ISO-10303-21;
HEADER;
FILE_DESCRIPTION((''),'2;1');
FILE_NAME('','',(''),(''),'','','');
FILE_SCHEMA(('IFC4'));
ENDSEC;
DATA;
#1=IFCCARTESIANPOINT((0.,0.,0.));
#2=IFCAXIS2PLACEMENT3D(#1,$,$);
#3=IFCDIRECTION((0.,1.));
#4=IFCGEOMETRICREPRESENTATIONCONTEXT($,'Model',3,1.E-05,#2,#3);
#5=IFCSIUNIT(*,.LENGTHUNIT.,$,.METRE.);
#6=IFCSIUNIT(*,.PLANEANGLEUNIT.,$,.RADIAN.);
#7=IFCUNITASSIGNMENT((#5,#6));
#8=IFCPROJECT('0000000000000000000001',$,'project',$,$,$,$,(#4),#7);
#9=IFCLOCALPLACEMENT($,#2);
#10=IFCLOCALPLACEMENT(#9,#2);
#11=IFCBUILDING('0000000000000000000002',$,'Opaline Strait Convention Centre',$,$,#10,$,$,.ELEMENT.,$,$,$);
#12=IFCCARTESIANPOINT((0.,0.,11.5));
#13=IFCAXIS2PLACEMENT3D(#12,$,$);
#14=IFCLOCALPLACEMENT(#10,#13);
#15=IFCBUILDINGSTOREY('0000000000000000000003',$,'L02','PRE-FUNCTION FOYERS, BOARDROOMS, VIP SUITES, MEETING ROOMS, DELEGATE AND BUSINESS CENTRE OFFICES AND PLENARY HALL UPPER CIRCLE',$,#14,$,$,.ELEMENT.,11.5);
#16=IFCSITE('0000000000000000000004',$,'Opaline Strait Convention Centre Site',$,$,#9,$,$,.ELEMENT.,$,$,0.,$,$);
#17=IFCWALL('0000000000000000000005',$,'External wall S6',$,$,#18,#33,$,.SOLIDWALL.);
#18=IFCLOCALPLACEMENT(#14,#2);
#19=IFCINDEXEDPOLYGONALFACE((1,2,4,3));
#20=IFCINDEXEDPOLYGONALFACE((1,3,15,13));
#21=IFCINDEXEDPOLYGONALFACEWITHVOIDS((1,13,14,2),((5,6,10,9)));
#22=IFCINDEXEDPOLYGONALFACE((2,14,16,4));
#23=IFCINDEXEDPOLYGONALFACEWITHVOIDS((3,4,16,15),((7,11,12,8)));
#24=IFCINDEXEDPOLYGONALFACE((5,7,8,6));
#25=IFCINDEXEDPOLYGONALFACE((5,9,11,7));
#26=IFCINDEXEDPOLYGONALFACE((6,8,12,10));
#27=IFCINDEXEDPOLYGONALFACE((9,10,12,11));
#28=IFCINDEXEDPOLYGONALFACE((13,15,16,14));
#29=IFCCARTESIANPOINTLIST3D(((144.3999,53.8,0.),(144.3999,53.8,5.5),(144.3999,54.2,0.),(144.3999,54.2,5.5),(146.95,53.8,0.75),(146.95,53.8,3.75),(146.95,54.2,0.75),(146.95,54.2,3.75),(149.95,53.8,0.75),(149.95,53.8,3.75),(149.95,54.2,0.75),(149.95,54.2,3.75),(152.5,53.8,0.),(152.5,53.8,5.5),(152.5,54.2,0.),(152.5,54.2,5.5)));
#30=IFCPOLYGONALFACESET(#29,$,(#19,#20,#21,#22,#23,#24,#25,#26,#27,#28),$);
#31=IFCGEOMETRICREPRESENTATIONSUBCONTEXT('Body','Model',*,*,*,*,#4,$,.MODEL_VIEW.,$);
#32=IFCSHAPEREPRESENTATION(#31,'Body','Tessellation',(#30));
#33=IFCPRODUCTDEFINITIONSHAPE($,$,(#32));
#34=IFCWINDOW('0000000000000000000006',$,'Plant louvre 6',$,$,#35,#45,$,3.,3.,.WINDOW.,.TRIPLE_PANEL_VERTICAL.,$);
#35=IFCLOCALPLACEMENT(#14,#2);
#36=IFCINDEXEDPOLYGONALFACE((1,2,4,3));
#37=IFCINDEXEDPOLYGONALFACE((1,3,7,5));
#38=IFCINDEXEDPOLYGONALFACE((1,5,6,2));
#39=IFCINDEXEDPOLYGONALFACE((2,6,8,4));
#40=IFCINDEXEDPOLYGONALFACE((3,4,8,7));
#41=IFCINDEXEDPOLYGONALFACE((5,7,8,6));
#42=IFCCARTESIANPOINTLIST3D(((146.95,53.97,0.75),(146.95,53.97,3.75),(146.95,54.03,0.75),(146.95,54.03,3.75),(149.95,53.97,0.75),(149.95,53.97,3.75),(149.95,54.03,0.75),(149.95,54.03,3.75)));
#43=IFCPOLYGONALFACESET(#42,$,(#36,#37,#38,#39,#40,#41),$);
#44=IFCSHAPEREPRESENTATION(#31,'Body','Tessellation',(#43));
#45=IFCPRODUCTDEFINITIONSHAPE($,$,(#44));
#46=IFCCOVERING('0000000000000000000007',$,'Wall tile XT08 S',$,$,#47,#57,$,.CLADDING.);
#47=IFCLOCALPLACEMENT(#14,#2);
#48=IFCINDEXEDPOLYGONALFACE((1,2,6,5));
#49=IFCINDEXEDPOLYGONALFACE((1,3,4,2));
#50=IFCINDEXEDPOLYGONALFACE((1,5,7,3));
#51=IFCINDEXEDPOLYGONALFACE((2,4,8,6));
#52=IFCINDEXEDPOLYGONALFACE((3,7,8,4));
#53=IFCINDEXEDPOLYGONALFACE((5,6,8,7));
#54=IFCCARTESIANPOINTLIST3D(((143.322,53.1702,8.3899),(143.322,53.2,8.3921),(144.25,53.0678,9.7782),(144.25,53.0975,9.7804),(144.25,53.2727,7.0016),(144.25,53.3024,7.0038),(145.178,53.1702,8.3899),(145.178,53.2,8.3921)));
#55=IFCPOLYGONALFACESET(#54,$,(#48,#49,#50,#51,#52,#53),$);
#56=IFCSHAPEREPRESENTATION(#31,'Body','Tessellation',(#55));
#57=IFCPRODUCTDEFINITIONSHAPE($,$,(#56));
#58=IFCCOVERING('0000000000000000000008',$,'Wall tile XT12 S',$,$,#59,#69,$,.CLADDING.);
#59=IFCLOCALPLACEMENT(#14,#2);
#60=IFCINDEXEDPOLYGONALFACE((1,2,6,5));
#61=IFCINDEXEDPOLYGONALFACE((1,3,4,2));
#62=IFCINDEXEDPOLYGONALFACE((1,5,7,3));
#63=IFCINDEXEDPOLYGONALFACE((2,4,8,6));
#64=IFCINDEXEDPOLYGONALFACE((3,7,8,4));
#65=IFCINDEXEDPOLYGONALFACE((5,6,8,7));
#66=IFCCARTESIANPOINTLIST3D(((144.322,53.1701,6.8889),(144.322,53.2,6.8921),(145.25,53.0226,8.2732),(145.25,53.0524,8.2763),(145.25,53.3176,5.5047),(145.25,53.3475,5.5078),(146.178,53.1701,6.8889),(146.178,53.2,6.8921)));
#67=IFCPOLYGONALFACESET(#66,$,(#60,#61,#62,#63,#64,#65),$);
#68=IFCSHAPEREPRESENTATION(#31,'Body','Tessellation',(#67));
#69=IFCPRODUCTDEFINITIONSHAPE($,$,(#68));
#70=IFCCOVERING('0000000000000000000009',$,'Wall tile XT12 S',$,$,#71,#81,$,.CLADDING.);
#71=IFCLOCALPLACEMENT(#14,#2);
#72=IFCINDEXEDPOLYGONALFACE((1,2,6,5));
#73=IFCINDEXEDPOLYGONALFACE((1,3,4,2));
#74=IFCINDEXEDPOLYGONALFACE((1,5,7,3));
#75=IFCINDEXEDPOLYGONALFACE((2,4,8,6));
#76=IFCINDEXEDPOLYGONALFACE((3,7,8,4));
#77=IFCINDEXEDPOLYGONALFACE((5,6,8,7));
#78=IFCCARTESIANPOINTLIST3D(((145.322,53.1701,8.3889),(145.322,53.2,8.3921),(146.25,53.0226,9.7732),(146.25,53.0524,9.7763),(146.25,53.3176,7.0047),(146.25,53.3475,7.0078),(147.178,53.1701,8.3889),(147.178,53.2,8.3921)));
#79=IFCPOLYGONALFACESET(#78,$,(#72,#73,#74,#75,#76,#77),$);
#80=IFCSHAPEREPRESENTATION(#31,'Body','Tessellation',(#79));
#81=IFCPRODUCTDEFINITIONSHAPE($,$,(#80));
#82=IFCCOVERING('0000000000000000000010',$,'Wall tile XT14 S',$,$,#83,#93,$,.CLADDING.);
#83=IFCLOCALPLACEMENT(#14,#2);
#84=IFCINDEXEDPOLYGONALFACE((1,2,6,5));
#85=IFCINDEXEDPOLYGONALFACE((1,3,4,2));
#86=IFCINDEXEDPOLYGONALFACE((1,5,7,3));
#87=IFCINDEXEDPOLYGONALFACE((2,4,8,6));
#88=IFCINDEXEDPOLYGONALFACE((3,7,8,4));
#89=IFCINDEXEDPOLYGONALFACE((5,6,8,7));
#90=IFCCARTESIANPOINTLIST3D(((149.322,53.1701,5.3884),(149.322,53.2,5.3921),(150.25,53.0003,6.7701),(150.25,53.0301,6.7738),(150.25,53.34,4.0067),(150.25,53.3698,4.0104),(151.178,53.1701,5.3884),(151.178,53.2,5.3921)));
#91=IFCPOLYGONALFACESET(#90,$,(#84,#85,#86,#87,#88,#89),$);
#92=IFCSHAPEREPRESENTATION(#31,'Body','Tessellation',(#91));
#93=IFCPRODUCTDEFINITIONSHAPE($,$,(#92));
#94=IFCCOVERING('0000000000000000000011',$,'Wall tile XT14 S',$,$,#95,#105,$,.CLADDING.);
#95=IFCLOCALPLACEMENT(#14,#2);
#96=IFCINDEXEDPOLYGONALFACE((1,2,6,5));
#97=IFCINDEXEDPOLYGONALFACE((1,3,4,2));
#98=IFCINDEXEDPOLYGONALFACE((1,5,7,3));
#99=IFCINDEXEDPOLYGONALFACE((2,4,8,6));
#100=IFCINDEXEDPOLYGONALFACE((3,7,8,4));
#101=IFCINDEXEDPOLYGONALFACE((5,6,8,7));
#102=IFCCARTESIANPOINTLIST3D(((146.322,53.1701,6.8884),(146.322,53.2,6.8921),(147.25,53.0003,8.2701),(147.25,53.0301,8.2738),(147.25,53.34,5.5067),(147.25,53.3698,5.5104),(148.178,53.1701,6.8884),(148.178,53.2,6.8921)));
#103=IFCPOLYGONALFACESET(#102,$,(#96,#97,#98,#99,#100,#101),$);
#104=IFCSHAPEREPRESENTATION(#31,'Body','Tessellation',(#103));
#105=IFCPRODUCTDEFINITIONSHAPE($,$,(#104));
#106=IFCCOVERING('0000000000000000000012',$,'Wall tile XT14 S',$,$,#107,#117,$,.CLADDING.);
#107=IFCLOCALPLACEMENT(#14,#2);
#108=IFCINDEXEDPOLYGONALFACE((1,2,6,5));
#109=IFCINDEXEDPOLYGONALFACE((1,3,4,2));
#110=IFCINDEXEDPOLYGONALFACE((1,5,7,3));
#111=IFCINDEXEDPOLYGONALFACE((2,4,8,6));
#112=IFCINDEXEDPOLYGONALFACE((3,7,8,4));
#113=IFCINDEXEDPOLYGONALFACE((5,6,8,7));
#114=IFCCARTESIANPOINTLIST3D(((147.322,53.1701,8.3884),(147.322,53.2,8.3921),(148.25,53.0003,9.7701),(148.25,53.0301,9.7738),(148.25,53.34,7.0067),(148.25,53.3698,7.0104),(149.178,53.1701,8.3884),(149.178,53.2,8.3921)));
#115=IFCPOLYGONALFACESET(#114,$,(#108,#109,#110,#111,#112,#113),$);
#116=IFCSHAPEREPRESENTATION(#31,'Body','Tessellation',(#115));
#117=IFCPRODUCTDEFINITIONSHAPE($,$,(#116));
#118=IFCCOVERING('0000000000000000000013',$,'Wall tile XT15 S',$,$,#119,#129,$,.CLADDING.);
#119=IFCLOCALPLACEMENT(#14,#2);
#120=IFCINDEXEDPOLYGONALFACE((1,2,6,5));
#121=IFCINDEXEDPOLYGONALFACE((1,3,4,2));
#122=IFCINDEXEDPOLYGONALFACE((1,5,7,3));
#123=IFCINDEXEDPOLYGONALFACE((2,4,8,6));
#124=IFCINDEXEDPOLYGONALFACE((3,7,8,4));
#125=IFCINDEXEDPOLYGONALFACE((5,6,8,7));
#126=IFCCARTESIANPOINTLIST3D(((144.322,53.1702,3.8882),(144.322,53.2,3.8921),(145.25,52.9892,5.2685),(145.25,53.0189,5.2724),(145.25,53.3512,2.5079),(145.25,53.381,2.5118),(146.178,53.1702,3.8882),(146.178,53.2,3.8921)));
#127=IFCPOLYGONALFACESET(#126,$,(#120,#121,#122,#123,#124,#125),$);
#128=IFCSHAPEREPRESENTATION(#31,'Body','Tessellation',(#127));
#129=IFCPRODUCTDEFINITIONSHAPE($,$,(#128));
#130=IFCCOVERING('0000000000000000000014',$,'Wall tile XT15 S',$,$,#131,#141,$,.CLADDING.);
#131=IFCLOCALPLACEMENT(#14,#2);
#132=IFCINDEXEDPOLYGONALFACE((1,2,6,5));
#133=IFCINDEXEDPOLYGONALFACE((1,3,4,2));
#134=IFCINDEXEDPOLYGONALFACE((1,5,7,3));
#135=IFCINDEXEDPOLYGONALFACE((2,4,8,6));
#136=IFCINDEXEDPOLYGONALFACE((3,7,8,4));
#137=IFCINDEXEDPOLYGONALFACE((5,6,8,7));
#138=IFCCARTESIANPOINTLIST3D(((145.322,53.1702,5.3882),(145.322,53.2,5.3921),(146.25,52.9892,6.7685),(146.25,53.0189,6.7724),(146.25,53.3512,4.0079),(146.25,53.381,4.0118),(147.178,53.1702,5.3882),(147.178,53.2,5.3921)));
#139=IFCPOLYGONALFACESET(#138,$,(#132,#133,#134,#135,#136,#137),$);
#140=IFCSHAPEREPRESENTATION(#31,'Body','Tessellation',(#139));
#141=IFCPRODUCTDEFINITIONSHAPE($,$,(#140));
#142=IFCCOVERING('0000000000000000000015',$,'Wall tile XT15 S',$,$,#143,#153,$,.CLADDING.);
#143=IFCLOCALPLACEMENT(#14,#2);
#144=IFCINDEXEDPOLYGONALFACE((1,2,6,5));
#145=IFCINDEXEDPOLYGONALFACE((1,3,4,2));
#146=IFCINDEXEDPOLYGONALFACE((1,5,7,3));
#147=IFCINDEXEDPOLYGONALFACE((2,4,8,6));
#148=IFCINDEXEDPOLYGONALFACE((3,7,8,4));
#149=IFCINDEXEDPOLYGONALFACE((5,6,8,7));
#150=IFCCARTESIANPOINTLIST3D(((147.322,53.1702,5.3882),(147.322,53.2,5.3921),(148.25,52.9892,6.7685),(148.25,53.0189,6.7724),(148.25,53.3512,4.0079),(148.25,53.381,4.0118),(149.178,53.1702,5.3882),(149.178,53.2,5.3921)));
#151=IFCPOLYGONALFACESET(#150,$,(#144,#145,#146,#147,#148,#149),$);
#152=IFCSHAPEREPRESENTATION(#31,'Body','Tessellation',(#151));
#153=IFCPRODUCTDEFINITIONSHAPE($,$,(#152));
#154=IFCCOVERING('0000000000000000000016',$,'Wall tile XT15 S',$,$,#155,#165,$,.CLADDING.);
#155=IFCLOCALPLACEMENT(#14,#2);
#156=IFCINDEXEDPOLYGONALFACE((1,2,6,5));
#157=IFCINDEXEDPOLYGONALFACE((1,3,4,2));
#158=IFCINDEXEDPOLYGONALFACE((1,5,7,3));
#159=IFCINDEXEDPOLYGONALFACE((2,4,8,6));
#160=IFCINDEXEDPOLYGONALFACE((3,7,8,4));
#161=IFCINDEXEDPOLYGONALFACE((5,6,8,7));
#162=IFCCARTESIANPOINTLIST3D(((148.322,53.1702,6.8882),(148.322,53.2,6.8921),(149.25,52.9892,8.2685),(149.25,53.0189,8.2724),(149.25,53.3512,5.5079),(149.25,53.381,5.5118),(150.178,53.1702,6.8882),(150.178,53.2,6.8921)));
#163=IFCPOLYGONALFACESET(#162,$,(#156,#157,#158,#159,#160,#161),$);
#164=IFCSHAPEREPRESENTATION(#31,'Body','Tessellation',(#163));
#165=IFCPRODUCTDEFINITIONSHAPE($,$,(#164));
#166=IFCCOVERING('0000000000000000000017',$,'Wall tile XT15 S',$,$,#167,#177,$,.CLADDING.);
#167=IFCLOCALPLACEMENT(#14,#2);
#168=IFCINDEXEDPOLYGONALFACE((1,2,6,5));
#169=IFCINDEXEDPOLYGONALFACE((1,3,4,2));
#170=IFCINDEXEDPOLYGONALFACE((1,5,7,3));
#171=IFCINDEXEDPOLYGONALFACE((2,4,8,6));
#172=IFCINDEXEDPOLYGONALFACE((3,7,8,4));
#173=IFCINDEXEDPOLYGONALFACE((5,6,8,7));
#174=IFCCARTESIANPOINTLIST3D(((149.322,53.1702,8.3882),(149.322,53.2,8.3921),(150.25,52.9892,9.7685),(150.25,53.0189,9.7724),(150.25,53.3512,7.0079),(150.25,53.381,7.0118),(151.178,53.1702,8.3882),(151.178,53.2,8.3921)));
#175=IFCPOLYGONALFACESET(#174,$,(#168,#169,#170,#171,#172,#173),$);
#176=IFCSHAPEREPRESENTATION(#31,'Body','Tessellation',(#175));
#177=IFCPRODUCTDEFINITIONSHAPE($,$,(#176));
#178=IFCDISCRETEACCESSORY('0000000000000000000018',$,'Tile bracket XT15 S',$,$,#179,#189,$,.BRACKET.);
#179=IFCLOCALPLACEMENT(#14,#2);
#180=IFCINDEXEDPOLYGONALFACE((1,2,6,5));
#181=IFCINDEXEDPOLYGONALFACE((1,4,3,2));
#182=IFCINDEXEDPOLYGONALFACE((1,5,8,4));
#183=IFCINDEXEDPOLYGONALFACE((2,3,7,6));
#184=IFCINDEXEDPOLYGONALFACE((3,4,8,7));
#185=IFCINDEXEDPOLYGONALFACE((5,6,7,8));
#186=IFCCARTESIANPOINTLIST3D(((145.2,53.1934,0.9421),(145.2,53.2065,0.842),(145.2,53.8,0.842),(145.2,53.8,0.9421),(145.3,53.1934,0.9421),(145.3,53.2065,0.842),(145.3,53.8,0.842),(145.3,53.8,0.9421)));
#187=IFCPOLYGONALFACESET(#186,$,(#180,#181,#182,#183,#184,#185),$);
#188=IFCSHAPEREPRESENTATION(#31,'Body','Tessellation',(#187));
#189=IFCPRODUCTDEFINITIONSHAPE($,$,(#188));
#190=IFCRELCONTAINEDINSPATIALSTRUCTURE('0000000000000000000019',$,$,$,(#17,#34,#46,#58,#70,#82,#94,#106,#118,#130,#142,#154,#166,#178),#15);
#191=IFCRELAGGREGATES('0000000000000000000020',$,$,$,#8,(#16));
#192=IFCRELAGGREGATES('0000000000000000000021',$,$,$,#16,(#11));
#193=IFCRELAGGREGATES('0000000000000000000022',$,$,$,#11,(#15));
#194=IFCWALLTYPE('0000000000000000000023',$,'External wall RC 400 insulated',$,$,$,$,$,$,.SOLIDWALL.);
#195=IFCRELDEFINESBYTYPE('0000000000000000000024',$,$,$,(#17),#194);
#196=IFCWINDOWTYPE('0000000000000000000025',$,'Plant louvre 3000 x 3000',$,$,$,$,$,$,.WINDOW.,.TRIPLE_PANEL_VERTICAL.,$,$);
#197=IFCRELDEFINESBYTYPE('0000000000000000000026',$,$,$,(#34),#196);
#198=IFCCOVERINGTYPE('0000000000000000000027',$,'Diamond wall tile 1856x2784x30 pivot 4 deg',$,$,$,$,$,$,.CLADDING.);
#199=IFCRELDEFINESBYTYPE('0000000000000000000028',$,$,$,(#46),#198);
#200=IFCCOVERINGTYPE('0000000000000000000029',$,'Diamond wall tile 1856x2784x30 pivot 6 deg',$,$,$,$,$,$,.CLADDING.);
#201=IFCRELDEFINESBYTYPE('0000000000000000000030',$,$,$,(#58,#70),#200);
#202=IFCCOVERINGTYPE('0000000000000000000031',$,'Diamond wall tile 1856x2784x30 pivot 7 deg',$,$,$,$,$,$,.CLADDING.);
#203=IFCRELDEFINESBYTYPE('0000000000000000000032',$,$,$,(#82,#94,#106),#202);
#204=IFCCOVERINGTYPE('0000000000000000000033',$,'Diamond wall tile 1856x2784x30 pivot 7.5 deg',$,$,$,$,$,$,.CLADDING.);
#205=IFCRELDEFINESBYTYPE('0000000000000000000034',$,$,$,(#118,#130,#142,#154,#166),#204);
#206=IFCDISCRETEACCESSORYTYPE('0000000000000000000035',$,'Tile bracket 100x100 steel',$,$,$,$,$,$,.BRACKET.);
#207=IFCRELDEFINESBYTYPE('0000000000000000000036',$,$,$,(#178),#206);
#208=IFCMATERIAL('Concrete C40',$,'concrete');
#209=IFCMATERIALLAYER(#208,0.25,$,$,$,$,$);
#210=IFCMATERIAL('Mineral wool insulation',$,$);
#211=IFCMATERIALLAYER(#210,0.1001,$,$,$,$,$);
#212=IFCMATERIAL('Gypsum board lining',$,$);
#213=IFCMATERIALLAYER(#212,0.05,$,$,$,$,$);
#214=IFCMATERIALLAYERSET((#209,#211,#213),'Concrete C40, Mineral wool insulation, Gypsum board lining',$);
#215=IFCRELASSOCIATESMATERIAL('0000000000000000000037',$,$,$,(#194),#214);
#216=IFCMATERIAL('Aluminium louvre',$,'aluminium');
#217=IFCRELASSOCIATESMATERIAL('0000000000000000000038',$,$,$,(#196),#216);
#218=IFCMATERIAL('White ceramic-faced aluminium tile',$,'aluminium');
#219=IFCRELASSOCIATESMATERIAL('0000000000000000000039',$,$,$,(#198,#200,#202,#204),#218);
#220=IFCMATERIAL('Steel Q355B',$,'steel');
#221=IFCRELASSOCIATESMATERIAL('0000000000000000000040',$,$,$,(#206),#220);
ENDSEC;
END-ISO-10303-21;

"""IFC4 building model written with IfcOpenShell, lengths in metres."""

from ifc_helpers import new_model, si_unit, direction, frame, frame_2d, origin, place, context, subcontext, project, spatial, polyline, rectangle, outline, extrude, material, layer, layer_set, material_profile, profile_set, type_object, element, fill, save


model = new_model("IFC4")

# Units and contexts
model_context = context("Model", 3, precision=1e-05, world=origin(), true_north=direction((0.0, 1.0)))
body_context = subcontext(model_context, "Body", "Model", "MODEL_VIEW")
ifc_project = project(units=[si_unit("LENGTHUNIT", "METRE"), si_unit("PLANEANGLEUNIT", "RADIAN")], contexts=[model_context])

# Site, building, storey
site_placement = place(None, origin())
site = spatial("IfcSite", under=ifc_project, at=site_placement, Name="Opaline Strait Convention Centre Site", CompositionType="ELEMENT", RefElevation=0.0)
building_placement = place(site_placement, origin())
building = spatial("IfcBuilding", under=site, at=building_placement, Name="Opaline Strait Convention Centre", CompositionType="ELEMENT")
storey_placement = place(building_placement, frame((0.0, 0.0, 11.5)))
storey = spatial("IfcBuildingStorey", under=building, at=storey_placement, Name="L02", Description="PRE-FUNCTION FOYERS, BOARDROOMS, VIP SUITES, MEETING ROOMS, DELEGATE AND BUSINESS CENTRE OFFICES AND PLENARY HALL UPPER CIRCLE", CompositionType="ELEMENT", Elevation=11.5)

# Wall, opening, window
ifc_material_1 = material(Name="Concrete C40", Category="concrete")
ifc_layer_1 = layer(ifc_material_1, 0.25)
ifc_material_2 = material(Name="Mineral wool insulation")
ifc_layer_2 = layer(ifc_material_2, 0.1001)
ifc_material_3 = material(Name="Gypsum board lining")
ifc_layer_3 = layer(ifc_material_3, 0.05)
ifc_layer_set = layer_set([ifc_layer_1, ifc_layer_2, ifc_layer_3], Name="Concrete C40, Mineral wool insulation, Gypsum board lining")
wall_type = type_object("IfcWallType", Name="External wall RC 400 insulated", PredefinedType="SOLIDWALL", material=ifc_layer_set)
wall_placement = place(storey_placement, frame((144.3999, 54.0, 0.0), z_axis=(0.0, 0.0, 1.0), x_axis=(1.0, 0.0, 0.0)))
wall = element("IfcWall", 1, at=wall_placement, inside=storey, type_object=wall_type, Name="External wall S6", PredefinedType="SOLIDWALL", context=body_context, shape_type="SweptSolid", body=[
    extrude(rectangle(XDim=8.1001, YDim=0.3999, at=frame_2d((4.05, 0.0))), origin(), (0.0, 0.0, 1.0), 5.5),
])
opening_placement = place(wall_placement, frame((2.55, 0.0, 0.75)))
opening = element("IfcOpeningElement", 2, at=opening_placement, cuts=wall, PredefinedType="OPENING", context=body_context, shape_type="SweptSolid", body=[
    extrude(rectangle(XDim=3.0, YDim=3.0, at=frame_2d((1.5, 1.5))), frame((0.0, 0.21, 0.0), z_axis=(0.0, -1.0, 0.0), x_axis=(1.0, 0.0, 0.0)), (0.0, 0.0, 1.0), 0.4199),
])
ifc_material_4 = material(Name="Aluminium louvre", Category="aluminium")
window_type = type_object("IfcWindowType", Name="Plant louvre 3000 x 3000", PartitioningType="TRIPLE_PANEL_VERTICAL", PredefinedType="WINDOW", material=ifc_material_4)
window_placement = place(opening_placement, origin())
window = element("IfcWindow", 3, at=window_placement, inside=storey, type_object=window_type, Name="Plant louvre 6", OverallHeight=3.0, OverallWidth=3.0, PartitioningType="TRIPLE_PANEL_VERTICAL", PredefinedType="WINDOW", context=body_context, shape_type="SweptSolid", body=[
    extrude(rectangle(XDim=3.0, YDim=3.0, at=frame_2d((1.5, 1.5))), frame((0.0, 0.03, 0.0), z_axis=(0.0, -1.0, 0.0), x_axis=(1.0, 0.0, 0.0)), (0.0, 0.0, 1.0), 0.0601),
])
fill(opening, window)

# Coverings
ifc_material_5 = material(Name="White ceramic-faced aluminium tile", Category="aluminium")
ifc_material_profile_1 = material_profile(ifc_material_5, outline(polyline([(0.928, 0.0), (0.0, 1.3921), (-0.928, 0.0), (0.0, -1.3921), (0.928, 0.0)])), Name="Diamond tile 1856x2784")
ifc_profile_set_1 = profile_set([ifc_material_profile_1], Name="White ceramic-faced aluminium tile")
covering_type_1 = type_object("IfcCoveringType", Name="Diamond wall tile 1856x2784x30 pivot 4 deg", PredefinedType="CLADDING", material=ifc_profile_set_1)
covering_placement = place(storey_placement, frame((144.25, 53.2, 8.3921), z_axis=(0.0, -0.99729, -0.073571), x_axis=(1.0, 0.0, 0.0)))
element("IfcCovering", 4, at=covering_placement, inside=storey, type_object=covering_type_1, Name="Wall tile XT08 S", PredefinedType="CLADDING", context=body_context, shape_type="SweptSolid", body=[
    extrude(outline(polyline([(0.928, 0.0), (0.0, 1.3921), (-0.928, 0.0), (0.0, -1.3921), (0.928, 0.0)])), origin(), (0.0, 0.0, 1.0), 0.0298),
])
ifc_material_profile_2 = material_profile(ifc_material_5, outline(polyline([(0.928, 0.0), (0.0, 1.3921), (-0.928, 0.0), (0.0, -1.3921), (0.928, 0.0)])), Name="Diamond tile 1856x2784")
ifc_profile_set_2 = profile_set([ifc_material_profile_2], Name="White ceramic-faced aluminium tile")
covering_type_2 = type_object("IfcCoveringType", Name="Diamond wall tile 1856x2784x30 pivot 6 deg", PredefinedType="CLADDING", material=ifc_profile_set_2)
for number, where, z_axis, x_axis, name in (
    (5, (145.25, 53.2, 6.8921), (0.0, -0.994371, -0.105958), (1.0, 0.0, 0.0), "Wall tile XT12 S"),
    (6, (146.25, 53.2, 8.3921), (0.0, -0.994371, -0.105958), (1.0, 0.0, 0.0), "Wall tile XT12 S"),
):
    element("IfcCovering", number, at=place(storey_placement, frame(where, z_axis=z_axis, x_axis=x_axis)), inside=storey, type_object=covering_type_2, Name=name, PredefinedType="CLADDING", context=body_context, shape_type="SweptSolid", body=[
        extrude(outline(polyline([(0.928, 0.0), (0.0, 1.3921), (-0.928, 0.0), (0.0, -1.3921), (0.928, 0.0)])), origin(), (0.0, 0.0, 1.0), 0.03),
    ])
ifc_material_profile_3 = material_profile(ifc_material_5, outline(polyline([(0.928, 0.0), (0.0, 1.3921), (-0.928, 0.0), (0.0, -1.3921), (0.928, 0.0)])), Name="Diamond tile 1856x2784")
ifc_profile_set_3 = profile_set([ifc_material_profile_3], Name="White ceramic-faced aluminium tile")
covering_type_3 = type_object("IfcCoveringType", Name="Diamond wall tile 1856x2784x30 pivot 7 deg", PredefinedType="CLADDING", material=ifc_profile_set_3)
for number, where, z_axis, x_axis, name in (
    (7, (150.25, 53.2, 5.3921), (0.0, -0.992526, -0.122032), (1.0, 0.0, 0.0), "Wall tile XT14 S"),
    (8, (147.25, 53.2, 6.8921), (0.0, -0.992526, -0.122032), (1.0, 0.0, 0.0), "Wall tile XT14 S"),
    (9, (148.25, 53.2, 8.3921), (0.0, -0.992526, -0.122032), (1.0, 0.0, 0.0), "Wall tile XT14 S"),
):
    element("IfcCovering", number, at=place(storey_placement, frame(where, z_axis=z_axis, x_axis=x_axis)), inside=storey, type_object=covering_type_3, Name=name, PredefinedType="CLADDING", context=body_context, shape_type="SweptSolid", body=[
        extrude(outline(polyline([(0.928, 0.0), (0.0, 1.3921), (-0.928, 0.0), (0.0, -1.3921), (0.928, 0.0)])), origin(), (0.0, 0.0, 1.0), 0.03),
    ])
ifc_material_profile_4 = material_profile(ifc_material_5, outline(polyline([(0.928, 0.0), (0.0, 1.3921), (-0.928, 0.0), (0.0, -1.3921), (0.928, 0.0)])), Name="Diamond tile 1856x2784")
ifc_profile_set_4 = profile_set([ifc_material_profile_4], Name="White ceramic-faced aluminium tile")
covering_type_4 = type_object("IfcCoveringType", Name="Diamond wall tile 1856x2784x30 pivot 7.5 deg", PredefinedType="CLADDING", material=ifc_profile_set_4)
for number, where, z_axis, x_axis, name in (
    (10, (145.25, 53.2, 3.8921), (0.0, -0.99151, -0.130034), (1.0, 0.0, 0.0), "Wall tile XT15 S"),
    (11, (146.25, 53.2, 5.3921), (0.0, -0.99151, -0.130034), (1.0, 0.0, 0.0), "Wall tile XT15 S"),
    (12, (148.25, 53.2, 5.3921), (0.0, -0.99151, -0.130034), (1.0, 0.0, 0.0), "Wall tile XT15 S"),
    (13, (149.25, 53.2, 6.8921), (0.0, -0.99151, -0.130034), (1.0, 0.0, 0.0), "Wall tile XT15 S"),
    (14, (150.25, 53.2, 8.3921), (0.0, -0.99151, -0.130034), (1.0, 0.0, 0.0), "Wall tile XT15 S"),
):
    element("IfcCovering", number, at=place(storey_placement, frame(where, z_axis=z_axis, x_axis=x_axis)), inside=storey, type_object=covering_type_4, Name=name, PredefinedType="CLADDING", context=body_context, shape_type="SweptSolid", body=[
        extrude(outline(polyline([(0.928, 0.0), (0.0, 1.3921), (-0.928, 0.0), (0.0, -1.3921), (0.928, 0.0)])), origin(), (0.0, 0.0, 1.0), 0.03),
    ])

# Discrete accessory
ifc_material_6 = material(Name="Steel Q355B", Category="steel")
discrete_accessory_type = type_object("IfcDiscreteAccessoryType", Name="Tile bracket 100x100 steel", PredefinedType="BRACKET", material=ifc_material_6)
discrete_accessory_1_placement = place(storey_placement, frame((145.2, 53.8, 0.8921), z_axis=(1.0, 0.0, 0.0), x_axis=(0.0, 1.0, 0.0)))
element("IfcDiscreteAccessory", 15, at=discrete_accessory_1_placement, inside=storey, type_object=discrete_accessory_type, Name="Tile bracket XT15 S", PredefinedType="BRACKET", context=body_context, shape_type="SweptSolid", body=[
    extrude(outline(polyline([(0.0, -0.05), (0.0, 0.05), (-0.6067, 0.05), (-0.5935, -0.05), (0.0, -0.05)])), origin(), (0.0, 0.0, 1.0), 0.1001),
])

save(model, "model.ifc")
